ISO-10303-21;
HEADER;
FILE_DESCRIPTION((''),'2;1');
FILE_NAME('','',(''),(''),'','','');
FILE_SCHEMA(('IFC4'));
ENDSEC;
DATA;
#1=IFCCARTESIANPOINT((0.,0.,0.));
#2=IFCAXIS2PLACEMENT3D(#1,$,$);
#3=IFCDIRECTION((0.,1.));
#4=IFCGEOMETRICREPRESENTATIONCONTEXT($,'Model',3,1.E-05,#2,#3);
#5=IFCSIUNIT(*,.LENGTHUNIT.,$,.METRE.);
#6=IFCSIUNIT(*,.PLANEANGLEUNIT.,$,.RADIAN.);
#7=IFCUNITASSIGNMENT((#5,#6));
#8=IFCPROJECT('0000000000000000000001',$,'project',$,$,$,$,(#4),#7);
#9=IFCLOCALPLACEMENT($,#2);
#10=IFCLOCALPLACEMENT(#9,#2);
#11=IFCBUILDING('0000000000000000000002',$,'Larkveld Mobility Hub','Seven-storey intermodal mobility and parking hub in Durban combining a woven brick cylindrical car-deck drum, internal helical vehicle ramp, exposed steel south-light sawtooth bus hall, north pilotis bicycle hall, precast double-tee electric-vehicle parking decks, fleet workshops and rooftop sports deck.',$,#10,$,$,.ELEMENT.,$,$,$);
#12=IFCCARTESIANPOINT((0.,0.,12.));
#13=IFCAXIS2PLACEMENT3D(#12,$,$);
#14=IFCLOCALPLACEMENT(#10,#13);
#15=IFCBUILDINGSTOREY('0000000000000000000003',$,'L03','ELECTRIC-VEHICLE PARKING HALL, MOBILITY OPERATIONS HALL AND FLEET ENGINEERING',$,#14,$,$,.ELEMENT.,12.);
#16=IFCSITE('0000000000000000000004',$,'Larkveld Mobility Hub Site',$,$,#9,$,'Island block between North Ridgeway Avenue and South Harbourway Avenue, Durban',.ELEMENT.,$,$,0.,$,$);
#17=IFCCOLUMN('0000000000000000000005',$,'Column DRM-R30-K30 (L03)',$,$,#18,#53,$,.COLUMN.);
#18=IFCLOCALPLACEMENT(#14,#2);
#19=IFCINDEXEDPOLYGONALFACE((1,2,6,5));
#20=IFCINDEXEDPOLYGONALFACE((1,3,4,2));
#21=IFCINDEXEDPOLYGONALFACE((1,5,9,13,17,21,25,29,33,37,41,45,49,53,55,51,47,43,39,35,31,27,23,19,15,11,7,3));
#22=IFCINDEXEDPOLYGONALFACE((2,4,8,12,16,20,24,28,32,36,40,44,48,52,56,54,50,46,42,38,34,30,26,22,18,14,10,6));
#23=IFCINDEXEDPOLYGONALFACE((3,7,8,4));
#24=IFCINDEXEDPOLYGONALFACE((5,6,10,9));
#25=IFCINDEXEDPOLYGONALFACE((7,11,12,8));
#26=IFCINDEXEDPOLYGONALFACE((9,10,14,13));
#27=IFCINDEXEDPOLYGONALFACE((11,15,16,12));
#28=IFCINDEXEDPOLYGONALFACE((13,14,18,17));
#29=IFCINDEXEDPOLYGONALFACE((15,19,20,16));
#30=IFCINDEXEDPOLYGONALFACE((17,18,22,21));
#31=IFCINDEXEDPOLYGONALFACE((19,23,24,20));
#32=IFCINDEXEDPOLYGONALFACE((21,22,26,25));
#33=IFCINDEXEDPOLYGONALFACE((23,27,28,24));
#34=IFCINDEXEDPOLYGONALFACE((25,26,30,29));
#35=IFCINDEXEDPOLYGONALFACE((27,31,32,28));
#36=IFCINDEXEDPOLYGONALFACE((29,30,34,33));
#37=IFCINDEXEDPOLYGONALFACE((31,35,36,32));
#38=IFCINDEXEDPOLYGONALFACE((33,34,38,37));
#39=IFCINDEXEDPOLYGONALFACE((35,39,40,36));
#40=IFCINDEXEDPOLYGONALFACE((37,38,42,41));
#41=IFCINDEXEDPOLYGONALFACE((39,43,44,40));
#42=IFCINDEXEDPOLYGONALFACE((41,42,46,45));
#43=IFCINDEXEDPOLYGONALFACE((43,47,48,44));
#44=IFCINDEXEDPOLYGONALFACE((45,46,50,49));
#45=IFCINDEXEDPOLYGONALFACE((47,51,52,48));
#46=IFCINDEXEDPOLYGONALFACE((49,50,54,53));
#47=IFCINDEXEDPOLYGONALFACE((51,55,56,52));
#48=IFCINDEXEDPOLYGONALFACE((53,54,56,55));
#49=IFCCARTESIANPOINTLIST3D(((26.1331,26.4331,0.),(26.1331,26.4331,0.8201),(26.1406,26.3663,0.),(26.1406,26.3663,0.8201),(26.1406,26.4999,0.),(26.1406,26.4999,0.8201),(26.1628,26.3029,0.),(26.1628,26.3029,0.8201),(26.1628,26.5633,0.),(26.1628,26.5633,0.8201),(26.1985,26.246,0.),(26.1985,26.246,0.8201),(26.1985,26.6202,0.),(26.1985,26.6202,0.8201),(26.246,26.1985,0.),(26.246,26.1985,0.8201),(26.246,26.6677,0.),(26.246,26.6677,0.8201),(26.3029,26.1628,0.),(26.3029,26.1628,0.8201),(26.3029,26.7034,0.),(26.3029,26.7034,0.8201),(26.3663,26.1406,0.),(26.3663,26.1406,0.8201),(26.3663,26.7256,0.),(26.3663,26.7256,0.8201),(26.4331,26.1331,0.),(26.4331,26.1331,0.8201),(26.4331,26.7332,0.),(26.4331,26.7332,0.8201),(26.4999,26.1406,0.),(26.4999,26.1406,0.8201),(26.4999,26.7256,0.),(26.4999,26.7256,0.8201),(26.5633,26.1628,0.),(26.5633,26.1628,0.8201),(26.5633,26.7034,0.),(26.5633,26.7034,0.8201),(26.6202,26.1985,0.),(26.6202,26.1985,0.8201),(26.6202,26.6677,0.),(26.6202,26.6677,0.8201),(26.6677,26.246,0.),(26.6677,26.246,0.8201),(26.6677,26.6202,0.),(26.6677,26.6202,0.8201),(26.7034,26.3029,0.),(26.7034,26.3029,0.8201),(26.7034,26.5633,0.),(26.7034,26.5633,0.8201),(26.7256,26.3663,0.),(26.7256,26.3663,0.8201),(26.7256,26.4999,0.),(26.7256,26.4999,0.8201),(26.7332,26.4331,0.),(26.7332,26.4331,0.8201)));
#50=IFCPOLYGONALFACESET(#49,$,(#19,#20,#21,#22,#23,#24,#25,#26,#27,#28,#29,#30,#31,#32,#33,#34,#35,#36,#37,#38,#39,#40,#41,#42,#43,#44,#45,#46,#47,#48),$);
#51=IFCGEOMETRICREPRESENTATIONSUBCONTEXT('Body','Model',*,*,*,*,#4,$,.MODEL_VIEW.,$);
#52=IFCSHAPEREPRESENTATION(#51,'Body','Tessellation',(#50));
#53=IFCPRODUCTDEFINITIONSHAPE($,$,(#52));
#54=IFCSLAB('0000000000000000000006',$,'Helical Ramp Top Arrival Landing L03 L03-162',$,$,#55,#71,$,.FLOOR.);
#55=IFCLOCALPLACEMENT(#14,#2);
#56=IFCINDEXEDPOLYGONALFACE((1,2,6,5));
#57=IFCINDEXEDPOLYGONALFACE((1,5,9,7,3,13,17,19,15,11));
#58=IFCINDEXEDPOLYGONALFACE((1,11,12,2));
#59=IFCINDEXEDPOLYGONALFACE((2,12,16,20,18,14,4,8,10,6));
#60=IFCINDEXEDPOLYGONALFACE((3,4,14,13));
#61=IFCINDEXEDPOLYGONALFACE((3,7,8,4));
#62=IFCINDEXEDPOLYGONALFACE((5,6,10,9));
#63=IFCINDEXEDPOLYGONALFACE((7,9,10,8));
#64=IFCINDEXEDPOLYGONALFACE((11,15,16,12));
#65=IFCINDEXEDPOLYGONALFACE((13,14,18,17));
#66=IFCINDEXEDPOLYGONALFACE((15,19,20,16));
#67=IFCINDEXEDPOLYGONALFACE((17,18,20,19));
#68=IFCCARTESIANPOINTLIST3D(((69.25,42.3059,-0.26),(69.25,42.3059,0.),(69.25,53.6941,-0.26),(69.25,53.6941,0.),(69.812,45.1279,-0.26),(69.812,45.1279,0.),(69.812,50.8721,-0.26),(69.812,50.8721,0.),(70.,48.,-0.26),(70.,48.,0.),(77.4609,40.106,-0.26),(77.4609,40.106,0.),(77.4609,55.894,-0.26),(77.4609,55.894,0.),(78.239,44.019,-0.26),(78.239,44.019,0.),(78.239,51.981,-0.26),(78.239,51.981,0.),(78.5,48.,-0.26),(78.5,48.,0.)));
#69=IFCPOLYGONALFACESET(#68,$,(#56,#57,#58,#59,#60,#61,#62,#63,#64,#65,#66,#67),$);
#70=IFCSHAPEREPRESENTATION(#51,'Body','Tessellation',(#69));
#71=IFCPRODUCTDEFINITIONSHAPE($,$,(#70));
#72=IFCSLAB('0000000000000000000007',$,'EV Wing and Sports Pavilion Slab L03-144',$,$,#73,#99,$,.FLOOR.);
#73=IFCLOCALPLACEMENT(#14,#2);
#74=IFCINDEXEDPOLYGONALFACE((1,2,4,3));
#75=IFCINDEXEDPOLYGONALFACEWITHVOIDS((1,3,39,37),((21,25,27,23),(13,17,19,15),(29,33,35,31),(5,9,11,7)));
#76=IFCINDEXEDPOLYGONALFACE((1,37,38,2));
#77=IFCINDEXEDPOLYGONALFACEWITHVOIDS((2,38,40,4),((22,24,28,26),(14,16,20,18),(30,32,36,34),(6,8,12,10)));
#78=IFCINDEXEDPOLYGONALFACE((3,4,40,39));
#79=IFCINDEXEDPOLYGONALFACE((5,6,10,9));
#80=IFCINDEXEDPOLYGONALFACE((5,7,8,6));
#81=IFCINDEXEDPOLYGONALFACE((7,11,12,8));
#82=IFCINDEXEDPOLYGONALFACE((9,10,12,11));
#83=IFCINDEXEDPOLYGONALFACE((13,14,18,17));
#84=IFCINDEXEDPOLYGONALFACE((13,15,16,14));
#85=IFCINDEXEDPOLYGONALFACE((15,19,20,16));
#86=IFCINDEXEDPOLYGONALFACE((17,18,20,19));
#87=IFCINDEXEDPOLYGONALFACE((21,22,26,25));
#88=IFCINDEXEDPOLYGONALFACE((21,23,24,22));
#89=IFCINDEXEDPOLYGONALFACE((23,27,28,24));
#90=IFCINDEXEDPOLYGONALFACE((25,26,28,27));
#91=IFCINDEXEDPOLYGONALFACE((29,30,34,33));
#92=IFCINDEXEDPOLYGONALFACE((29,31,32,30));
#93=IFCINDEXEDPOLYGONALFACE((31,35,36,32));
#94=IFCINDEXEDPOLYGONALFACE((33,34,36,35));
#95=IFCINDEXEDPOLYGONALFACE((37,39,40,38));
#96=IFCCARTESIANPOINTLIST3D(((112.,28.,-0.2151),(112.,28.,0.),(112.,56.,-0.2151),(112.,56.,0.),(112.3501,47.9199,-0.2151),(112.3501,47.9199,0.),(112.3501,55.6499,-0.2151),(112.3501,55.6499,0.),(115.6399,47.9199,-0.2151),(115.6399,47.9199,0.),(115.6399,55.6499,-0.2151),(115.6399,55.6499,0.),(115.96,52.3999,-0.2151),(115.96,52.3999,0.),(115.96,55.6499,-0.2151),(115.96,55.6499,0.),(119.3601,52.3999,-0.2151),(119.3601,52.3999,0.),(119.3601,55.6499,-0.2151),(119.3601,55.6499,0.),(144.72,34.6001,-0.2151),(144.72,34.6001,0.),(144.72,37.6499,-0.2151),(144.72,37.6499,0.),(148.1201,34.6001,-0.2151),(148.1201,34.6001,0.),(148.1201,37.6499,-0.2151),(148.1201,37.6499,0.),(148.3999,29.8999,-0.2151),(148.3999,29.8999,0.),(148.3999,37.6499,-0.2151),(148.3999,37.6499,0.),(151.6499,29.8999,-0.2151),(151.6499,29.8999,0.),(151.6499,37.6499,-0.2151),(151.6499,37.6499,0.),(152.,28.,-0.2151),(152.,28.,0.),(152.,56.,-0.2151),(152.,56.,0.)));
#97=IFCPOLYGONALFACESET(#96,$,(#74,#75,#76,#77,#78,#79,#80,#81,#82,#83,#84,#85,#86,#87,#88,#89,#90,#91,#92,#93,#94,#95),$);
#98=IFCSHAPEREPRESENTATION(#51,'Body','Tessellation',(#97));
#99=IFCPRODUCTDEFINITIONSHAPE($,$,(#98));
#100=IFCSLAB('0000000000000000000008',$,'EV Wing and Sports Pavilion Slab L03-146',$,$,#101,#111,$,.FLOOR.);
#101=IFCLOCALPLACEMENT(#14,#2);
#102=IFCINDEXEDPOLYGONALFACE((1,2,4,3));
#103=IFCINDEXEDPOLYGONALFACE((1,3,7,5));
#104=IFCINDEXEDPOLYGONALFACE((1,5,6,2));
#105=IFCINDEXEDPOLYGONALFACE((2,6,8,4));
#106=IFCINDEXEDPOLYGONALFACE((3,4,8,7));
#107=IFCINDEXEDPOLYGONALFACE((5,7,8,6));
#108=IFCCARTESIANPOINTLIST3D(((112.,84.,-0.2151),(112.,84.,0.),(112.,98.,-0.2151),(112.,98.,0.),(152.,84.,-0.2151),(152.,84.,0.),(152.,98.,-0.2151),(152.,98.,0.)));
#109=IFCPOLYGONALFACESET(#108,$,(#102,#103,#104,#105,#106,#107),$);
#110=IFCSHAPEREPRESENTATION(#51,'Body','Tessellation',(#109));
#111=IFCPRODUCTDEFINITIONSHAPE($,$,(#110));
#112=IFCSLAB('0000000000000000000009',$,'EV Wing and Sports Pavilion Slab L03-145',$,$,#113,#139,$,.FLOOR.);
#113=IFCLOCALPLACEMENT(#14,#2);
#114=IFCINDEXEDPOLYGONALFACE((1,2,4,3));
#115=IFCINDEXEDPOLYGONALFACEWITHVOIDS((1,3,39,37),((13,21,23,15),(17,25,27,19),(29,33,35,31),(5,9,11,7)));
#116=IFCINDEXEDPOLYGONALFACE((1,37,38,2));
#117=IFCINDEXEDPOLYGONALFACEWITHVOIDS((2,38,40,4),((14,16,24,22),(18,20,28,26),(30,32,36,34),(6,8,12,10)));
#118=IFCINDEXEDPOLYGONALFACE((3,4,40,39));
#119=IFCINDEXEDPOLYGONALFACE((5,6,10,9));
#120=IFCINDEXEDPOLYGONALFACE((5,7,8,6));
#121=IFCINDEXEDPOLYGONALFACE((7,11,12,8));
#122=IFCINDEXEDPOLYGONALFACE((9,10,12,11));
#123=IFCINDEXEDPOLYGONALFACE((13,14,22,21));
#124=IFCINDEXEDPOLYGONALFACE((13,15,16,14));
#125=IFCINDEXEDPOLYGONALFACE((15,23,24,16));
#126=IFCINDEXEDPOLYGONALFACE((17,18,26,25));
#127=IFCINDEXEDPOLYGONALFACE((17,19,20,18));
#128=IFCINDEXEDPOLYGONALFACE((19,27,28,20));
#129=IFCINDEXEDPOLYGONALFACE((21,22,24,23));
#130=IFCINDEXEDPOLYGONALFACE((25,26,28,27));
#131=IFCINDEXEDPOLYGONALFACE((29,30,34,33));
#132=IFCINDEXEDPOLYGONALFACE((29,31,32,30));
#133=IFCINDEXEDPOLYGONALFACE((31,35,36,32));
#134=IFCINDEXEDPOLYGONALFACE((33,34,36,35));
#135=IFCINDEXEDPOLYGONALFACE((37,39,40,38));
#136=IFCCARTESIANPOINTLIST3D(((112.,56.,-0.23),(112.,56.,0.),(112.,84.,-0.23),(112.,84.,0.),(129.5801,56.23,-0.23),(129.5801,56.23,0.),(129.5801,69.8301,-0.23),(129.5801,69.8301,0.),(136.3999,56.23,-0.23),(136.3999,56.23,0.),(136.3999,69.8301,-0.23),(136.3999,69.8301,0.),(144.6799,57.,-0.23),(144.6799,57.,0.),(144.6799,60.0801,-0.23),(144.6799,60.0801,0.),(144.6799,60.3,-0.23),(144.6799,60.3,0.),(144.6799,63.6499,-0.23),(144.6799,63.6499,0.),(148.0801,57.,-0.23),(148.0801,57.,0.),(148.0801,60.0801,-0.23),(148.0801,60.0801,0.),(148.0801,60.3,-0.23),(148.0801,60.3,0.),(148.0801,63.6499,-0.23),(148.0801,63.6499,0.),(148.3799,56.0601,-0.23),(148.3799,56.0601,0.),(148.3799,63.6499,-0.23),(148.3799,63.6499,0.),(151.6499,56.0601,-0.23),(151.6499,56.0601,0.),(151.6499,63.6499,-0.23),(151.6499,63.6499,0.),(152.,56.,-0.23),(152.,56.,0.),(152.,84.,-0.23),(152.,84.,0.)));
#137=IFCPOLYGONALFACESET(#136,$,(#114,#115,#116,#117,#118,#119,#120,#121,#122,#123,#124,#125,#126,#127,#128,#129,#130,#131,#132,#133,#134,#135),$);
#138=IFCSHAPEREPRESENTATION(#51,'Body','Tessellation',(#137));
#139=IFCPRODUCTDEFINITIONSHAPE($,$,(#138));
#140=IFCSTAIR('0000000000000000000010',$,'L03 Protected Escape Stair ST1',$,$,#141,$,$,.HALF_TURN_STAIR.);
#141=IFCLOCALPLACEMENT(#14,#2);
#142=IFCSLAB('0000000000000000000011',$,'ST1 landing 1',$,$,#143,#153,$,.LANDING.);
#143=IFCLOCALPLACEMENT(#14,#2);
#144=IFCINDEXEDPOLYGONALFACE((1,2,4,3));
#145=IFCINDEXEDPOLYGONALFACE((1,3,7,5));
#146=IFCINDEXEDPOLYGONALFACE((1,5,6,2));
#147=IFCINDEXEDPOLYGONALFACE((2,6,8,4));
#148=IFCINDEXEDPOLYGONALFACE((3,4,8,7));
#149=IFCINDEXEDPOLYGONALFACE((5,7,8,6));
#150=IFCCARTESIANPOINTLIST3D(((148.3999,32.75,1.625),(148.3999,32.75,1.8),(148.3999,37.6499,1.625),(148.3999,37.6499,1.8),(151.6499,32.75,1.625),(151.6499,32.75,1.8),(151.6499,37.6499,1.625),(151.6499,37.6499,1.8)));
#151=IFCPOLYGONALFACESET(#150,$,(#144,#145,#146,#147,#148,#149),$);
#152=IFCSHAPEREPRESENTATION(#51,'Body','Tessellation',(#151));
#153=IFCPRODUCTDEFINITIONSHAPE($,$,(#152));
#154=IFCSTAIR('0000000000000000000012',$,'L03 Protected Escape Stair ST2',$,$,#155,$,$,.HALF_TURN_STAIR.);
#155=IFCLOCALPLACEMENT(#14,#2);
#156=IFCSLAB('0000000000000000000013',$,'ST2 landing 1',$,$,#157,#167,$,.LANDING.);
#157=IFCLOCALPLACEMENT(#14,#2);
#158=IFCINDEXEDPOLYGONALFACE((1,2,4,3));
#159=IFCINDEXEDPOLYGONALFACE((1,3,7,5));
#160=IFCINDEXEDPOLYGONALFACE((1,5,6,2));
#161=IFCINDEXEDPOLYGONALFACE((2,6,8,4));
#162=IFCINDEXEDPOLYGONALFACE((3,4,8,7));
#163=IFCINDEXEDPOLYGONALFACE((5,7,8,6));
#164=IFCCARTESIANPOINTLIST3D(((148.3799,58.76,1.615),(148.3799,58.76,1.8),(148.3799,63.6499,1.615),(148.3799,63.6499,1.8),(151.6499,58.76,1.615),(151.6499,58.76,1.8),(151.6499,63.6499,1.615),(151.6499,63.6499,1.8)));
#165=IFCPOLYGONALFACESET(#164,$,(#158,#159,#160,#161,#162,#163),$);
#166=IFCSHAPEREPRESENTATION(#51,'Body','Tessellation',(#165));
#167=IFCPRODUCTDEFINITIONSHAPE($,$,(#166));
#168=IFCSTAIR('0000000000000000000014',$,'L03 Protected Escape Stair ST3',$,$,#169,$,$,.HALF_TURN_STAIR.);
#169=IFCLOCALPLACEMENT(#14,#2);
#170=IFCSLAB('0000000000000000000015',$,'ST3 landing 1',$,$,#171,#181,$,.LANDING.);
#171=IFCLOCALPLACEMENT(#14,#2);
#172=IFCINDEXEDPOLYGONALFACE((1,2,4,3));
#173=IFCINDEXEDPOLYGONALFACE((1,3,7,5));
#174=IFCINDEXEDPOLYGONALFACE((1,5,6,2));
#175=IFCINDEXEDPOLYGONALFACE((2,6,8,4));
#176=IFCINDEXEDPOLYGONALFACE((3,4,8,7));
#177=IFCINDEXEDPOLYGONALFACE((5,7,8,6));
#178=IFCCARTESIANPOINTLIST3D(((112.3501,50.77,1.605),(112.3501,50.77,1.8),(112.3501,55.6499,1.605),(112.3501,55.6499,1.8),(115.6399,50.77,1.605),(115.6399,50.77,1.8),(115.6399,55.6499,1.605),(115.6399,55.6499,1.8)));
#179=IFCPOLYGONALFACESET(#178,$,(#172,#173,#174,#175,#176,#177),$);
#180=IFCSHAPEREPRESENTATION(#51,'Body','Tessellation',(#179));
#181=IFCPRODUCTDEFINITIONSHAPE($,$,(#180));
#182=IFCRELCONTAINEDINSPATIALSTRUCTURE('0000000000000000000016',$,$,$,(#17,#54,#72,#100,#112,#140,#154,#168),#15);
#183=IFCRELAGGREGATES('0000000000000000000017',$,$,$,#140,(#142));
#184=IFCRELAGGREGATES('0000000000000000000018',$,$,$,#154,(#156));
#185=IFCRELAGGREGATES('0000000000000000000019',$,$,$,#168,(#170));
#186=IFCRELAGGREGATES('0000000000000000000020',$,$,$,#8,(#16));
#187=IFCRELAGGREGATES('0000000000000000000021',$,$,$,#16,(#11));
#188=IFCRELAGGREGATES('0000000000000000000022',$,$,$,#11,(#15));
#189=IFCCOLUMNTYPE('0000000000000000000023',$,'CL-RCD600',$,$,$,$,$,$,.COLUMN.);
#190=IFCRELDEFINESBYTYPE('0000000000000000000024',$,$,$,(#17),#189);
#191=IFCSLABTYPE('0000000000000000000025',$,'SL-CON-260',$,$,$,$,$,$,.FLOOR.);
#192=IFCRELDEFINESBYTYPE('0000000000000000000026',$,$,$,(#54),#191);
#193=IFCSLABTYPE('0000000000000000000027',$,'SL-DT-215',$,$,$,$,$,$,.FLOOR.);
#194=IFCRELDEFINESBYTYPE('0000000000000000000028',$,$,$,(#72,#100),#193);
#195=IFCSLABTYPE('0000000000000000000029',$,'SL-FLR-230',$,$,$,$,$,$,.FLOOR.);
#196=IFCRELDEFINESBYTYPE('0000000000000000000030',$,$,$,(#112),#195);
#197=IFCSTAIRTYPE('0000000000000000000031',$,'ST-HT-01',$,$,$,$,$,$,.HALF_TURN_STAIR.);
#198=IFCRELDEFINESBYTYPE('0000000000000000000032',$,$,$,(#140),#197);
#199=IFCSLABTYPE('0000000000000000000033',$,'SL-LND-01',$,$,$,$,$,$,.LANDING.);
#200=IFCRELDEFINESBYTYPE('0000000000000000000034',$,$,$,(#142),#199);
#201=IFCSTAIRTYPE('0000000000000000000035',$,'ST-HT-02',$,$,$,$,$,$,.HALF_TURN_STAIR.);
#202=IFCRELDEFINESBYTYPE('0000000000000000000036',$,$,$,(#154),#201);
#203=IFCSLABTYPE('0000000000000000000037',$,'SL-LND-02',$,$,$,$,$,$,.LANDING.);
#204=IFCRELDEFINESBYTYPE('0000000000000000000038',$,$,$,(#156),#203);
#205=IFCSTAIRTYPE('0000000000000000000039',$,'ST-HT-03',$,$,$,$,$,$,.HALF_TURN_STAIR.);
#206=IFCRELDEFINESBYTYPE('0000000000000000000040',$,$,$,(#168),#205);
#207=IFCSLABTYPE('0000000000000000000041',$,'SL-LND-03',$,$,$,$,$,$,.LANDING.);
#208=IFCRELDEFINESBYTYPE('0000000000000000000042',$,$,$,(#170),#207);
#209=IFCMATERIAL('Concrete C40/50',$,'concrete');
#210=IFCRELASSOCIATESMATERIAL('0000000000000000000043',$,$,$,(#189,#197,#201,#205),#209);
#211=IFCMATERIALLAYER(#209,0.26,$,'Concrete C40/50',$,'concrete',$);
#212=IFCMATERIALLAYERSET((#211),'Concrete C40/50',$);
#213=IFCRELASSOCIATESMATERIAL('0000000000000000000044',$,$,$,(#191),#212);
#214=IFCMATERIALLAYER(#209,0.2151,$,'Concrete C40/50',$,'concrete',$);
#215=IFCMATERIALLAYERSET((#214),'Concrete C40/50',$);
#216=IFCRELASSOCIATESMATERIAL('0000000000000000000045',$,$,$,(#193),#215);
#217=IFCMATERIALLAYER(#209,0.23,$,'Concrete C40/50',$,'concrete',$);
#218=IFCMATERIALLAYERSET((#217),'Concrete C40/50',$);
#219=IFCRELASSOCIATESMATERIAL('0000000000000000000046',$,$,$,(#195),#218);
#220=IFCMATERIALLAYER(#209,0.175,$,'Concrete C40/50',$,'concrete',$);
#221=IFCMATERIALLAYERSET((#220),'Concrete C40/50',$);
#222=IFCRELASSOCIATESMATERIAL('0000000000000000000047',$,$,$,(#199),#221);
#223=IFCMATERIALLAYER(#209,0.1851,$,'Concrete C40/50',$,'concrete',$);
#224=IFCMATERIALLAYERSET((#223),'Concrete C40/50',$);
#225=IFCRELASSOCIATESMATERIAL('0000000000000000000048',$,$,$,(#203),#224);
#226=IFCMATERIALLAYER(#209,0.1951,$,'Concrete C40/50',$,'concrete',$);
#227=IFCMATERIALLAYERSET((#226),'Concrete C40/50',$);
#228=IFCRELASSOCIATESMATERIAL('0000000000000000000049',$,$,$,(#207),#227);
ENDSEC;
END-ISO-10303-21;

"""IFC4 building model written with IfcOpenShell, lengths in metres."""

from ifc_helpers import new_model, si_unit, direction, frame, origin, origin_2d, place, context, subcontext, project, spatial, polyline, circle, outline, extrude, material, layer, layer_set, material_profile, profile_set, type_object, element, aggregate, save


model = new_model("IFC4")

# Units and contexts
model_context = context("Model", 3, precision=1e-05, world=origin(), true_north=direction((0.0, 1.0)))
body_context = subcontext(model_context, "Body", "Model", "MODEL_VIEW")
ifc_project = project(units=[si_unit("LENGTHUNIT", "METRE"), si_unit("PLANEANGLEUNIT", "RADIAN")], contexts=[model_context])

# Site, building, storey
site_placement = place(None, origin())
site = spatial("IfcSite", under=ifc_project, at=site_placement, Name="Larkveld Mobility Hub Site", LongName="Island block between North Ridgeway Avenue and South Harbourway Avenue, Durban", CompositionType="ELEMENT", RefElevation=0.0)
building_placement = place(site_placement, origin())
building = spatial("IfcBuilding", under=site, at=building_placement, Name="Larkveld Mobility Hub", Description="Seven-storey intermodal mobility and parking hub in Durban combining a woven brick cylindrical car-deck drum, internal helical vehicle ramp, exposed steel south-light sawtooth bus hall, north pilotis bicycle hall, precast double-tee electric-vehicle parking decks, fleet workshops and rooftop sports deck.", CompositionType="ELEMENT")
storey_placement = place(building_placement, frame((0.0, 0.0, 12.0)))
storey = spatial("IfcBuildingStorey", under=building, at=storey_placement, Name="L03", Description="ELECTRIC-VEHICLE PARKING HALL, MOBILITY OPERATIONS HALL AND FLEET ENGINEERING", CompositionType="ELEMENT", Elevation=12.0)

# Column
ifc_material_1 = material(Name="Concrete C40/50", Category="concrete")
ifc_material_profile = material_profile(ifc_material_1, circle(Radius=0.3, at=origin_2d()), Name="RC COL D600")
ifc_profile_set = profile_set([ifc_material_profile], Name="Concrete C40/50")
column_type = type_object("IfcColumnType", Name="CL-RCD600", PredefinedType="COLUMN", material=ifc_profile_set)
column_placement = place(storey_placement, frame((26.4331, 26.4331, 0.0), z_axis=(0.0, 0.0, 1.0), x_axis=(1.0, 0.0, 0.0)))
element("IfcColumn", 1, at=column_placement, inside=storey, type_object=column_type, Name="Column DRM-R30-K30 (L03)", PredefinedType="COLUMN", context=body_context, shape_type="SweptSolid", body=[
    extrude(circle(Radius=0.3, at=origin_2d()), origin(), (0.0, 0.0, 1.0), 0.8201),
])

# Slabs
ifc_layer_1 = layer(ifc_material_1, 0.26, Name="Concrete C40/50", Category="concrete")
ifc_layer_set_1 = layer_set([ifc_layer_1], Name="Concrete C40/50")
slab_type_1 = type_object("IfcSlabType", Name="SL-CON-260", PredefinedType="FLOOR", material=ifc_layer_set_1)
slab_1_placement = place(storey_placement, frame((0.0, 0.0, -0.26)))
element("IfcSlab", 2, at=slab_1_placement, inside=storey, type_object=slab_type_1, Name="Helical Ramp Top Arrival Landing L03 L03-162", PredefinedType="FLOOR", context=body_context, shape_type="SweptSolid", body=[
    extrude(outline(polyline([(77.4609, 40.106), (78.239, 44.019), (78.5, 48.0), (78.239, 51.981), (77.4609, 55.894), (69.25, 53.6941), (69.812, 50.8721), (70.0, 48.0), (69.812, 45.1279), (69.25, 42.3059), (77.4609, 40.106)])), origin(), (0.0, 0.0, 1.0), 0.26),
])
ifc_layer_2 = layer(ifc_material_1, 0.2151, Name="Concrete C40/50", Category="concrete")
ifc_layer_set_2 = layer_set([ifc_layer_2], Name="Concrete C40/50")
slab_type_2 = type_object("IfcSlabType", Name="SL-DT-215", PredefinedType="FLOOR", material=ifc_layer_set_2)
slab_2_placement = place(storey_placement, frame((0.0, 0.0, -0.2151)))
element("IfcSlab", 3, at=slab_2_placement, inside=storey, type_object=slab_type_2, Name="EV Wing and Sports Pavilion Slab L03-144", PredefinedType="FLOOR", context=body_context, shape_type="SweptSolid", body=[
    extrude(outline(polyline([(112.0, 28.0), (152.0, 28.0), (152.0, 56.0), (112.0, 56.0), (112.0, 28.0)]), holes=[polyline([(148.3999, 29.8999), (148.3999, 37.6499), (151.6499, 37.6499), (151.6499, 29.8999), (148.3999, 29.8999)]), polyline([(144.72, 34.6001), (144.72, 37.6499), (148.1201, 37.6499), (148.1201, 34.6001), (144.72, 34.6001)]), polyline([(112.3501, 47.9199), (112.3501, 55.6499), (115.6399, 55.6499), (115.6399, 47.9199), (112.3501, 47.9199)]), polyline([(115.96, 52.3999), (115.96, 55.6499), (119.3601, 55.6499), (119.3601, 52.3999), (115.96, 52.3999)])]), origin(), (0.0, 0.0, 1.0), 0.2151),
])
slab_3_placement = place(storey_placement, frame((0.0, 0.0, -0.2151)))
element("IfcSlab", 4, at=slab_3_placement, inside=storey, type_object=slab_type_2, Name="EV Wing and Sports Pavilion Slab L03-146", PredefinedType="FLOOR", context=body_context, shape_type="SweptSolid", body=[
    extrude(outline(polyline([(112.0, 84.0), (152.0, 84.0), (152.0, 98.0), (112.0, 98.0), (112.0, 84.0)])), origin(), (0.0, 0.0, 1.0), 0.2151),
])
ifc_layer_3 = layer(ifc_material_1, 0.23, Name="Concrete C40/50", Category="concrete")
ifc_layer_set_3 = layer_set([ifc_layer_3], Name="Concrete C40/50")
slab_type_3 = type_object("IfcSlabType", Name="SL-FLR-230", PredefinedType="FLOOR", material=ifc_layer_set_3)
slab_4_placement = place(storey_placement, frame((0.0, 0.0, -0.23)))
element("IfcSlab", 5, at=slab_4_placement, inside=storey, type_object=slab_type_3, Name="EV Wing and Sports Pavilion Slab L03-145", PredefinedType="FLOOR", context=body_context, shape_type="SweptSolid", body=[
    extrude(outline(polyline([(112.0, 56.0), (152.0, 56.0), (152.0, 84.0), (112.0, 84.0), (112.0, 56.0)]), holes=[polyline([(148.3799, 56.0601), (148.3799, 63.6499), (151.6499, 63.6499), (151.6499, 56.0601), (148.3799, 56.0601)]), polyline([(144.6799, 60.3), (144.6799, 63.6499), (148.0801, 63.6499), (148.0801, 60.3), (144.6799, 60.3)]), polyline([(144.6799, 57.0), (144.6799, 60.0801), (148.0801, 60.0801), (148.0801, 57.0), (144.6799, 57.0)]), polyline([(129.5801, 56.23), (129.5801, 69.8301), (136.3999, 69.8301), (136.3999, 56.23), (129.5801, 56.23)])]), origin(), (0.0, 0.0, 1.0), 0.23),
])

# Stairs, slabs
stair_type_1 = type_object("IfcStairType", Name="ST-HT-01", PredefinedType="HALF_TURN_STAIR", material=ifc_material_1)
stair_1_placement = place(storey_placement, origin())
stair_1 = element("IfcStair", 6, at=stair_1_placement, inside=storey, type_object=stair_type_1, Name="L03 Protected Escape Stair ST1", PredefinedType="HALF_TURN_STAIR")
ifc_layer_4 = layer(ifc_material_1, 0.175, Name="Concrete C40/50", Category="concrete")
ifc_layer_set_4 = layer_set([ifc_layer_4], Name="Concrete C40/50")
slab_type_4 = type_object("IfcSlabType", Name="SL-LND-01", PredefinedType="LANDING", material=ifc_layer_set_4)
slab_5_placement = place(storey_placement, frame((0.0, 0.0, 1.625)))
slab_5 = element("IfcSlab", 7, at=slab_5_placement, type_object=slab_type_4, Name="ST1 landing 1", PredefinedType="LANDING", context=body_context, shape_type="SweptSolid", body=[
    extrude(outline(polyline([(151.6499, 32.75), (151.6499, 37.6499), (148.3999, 37.6499), (148.3999, 32.75), (151.6499, 32.75)])), origin(), (0.0, 0.0, 1.0), 0.175),
])
aggregate(stair_1, [slab_5])
stair_type_2 = type_object("IfcStairType", Name="ST-HT-02", PredefinedType="HALF_TURN_STAIR", material=ifc_material_1)
stair_2_placement = place(storey_placement, origin())
stair_2 = element("IfcStair", 8, at=stair_2_placement, inside=storey, type_object=stair_type_2, Name="L03 Protected Escape Stair ST2", PredefinedType="HALF_TURN_STAIR")
ifc_layer_5 = layer(ifc_material_1, 0.1851, Name="Concrete C40/50", Category="concrete")
ifc_layer_set_5 = layer_set([ifc_layer_5], Name="Concrete C40/50")
slab_type_5 = type_object("IfcSlabType", Name="SL-LND-02", PredefinedType="LANDING", material=ifc_layer_set_5)
slab_6_placement = place(storey_placement, frame((0.0, 0.0, 1.615)))
slab_6 = element("IfcSlab", 9, at=slab_6_placement, type_object=slab_type_5, Name="ST2 landing 1", PredefinedType="LANDING", context=body_context, shape_type="SweptSolid", body=[
    extrude(outline(polyline([(151.6499, 58.76), (151.6499, 63.6499), (148.3799, 63.6499), (148.3799, 58.76), (151.6499, 58.76)])), origin(), (0.0, 0.0, 1.0), 0.1851),
])
aggregate(stair_2, [slab_6])
stair_type_3 = type_object("IfcStairType", Name="ST-HT-03", PredefinedType="HALF_TURN_STAIR", material=ifc_material_1)
stair_3_placement = place(storey_placement, origin())
stair_3 = element("IfcStair", 10, at=stair_3_placement, inside=storey, type_object=stair_type_3, Name="L03 Protected Escape Stair ST3", PredefinedType="HALF_TURN_STAIR")
ifc_layer_6 = layer(ifc_material_1, 0.1951, Name="Concrete C40/50", Category="concrete")
ifc_layer_set_6 = layer_set([ifc_layer_6], Name="Concrete C40/50")
slab_type_6 = type_object("IfcSlabType", Name="SL-LND-03", PredefinedType="LANDING", material=ifc_layer_set_6)
slab_7_placement = place(storey_placement, frame((0.0, 0.0, 1.605)))
slab_7 = element("IfcSlab", 11, at=slab_7_placement, type_object=slab_type_6, Name="ST3 landing 1", PredefinedType="LANDING", context=body_context, shape_type="SweptSolid", body=[
    extrude(outline(polyline([(115.6399, 50.77), (115.6399, 55.6499), (112.3501, 55.6499), (112.3501, 50.77), (115.6399, 50.77)])), origin(), (0.0, 0.0, 1.0), 0.1951),
])
aggregate(stair_3, [slab_7])

save(model, "model.ifc")
